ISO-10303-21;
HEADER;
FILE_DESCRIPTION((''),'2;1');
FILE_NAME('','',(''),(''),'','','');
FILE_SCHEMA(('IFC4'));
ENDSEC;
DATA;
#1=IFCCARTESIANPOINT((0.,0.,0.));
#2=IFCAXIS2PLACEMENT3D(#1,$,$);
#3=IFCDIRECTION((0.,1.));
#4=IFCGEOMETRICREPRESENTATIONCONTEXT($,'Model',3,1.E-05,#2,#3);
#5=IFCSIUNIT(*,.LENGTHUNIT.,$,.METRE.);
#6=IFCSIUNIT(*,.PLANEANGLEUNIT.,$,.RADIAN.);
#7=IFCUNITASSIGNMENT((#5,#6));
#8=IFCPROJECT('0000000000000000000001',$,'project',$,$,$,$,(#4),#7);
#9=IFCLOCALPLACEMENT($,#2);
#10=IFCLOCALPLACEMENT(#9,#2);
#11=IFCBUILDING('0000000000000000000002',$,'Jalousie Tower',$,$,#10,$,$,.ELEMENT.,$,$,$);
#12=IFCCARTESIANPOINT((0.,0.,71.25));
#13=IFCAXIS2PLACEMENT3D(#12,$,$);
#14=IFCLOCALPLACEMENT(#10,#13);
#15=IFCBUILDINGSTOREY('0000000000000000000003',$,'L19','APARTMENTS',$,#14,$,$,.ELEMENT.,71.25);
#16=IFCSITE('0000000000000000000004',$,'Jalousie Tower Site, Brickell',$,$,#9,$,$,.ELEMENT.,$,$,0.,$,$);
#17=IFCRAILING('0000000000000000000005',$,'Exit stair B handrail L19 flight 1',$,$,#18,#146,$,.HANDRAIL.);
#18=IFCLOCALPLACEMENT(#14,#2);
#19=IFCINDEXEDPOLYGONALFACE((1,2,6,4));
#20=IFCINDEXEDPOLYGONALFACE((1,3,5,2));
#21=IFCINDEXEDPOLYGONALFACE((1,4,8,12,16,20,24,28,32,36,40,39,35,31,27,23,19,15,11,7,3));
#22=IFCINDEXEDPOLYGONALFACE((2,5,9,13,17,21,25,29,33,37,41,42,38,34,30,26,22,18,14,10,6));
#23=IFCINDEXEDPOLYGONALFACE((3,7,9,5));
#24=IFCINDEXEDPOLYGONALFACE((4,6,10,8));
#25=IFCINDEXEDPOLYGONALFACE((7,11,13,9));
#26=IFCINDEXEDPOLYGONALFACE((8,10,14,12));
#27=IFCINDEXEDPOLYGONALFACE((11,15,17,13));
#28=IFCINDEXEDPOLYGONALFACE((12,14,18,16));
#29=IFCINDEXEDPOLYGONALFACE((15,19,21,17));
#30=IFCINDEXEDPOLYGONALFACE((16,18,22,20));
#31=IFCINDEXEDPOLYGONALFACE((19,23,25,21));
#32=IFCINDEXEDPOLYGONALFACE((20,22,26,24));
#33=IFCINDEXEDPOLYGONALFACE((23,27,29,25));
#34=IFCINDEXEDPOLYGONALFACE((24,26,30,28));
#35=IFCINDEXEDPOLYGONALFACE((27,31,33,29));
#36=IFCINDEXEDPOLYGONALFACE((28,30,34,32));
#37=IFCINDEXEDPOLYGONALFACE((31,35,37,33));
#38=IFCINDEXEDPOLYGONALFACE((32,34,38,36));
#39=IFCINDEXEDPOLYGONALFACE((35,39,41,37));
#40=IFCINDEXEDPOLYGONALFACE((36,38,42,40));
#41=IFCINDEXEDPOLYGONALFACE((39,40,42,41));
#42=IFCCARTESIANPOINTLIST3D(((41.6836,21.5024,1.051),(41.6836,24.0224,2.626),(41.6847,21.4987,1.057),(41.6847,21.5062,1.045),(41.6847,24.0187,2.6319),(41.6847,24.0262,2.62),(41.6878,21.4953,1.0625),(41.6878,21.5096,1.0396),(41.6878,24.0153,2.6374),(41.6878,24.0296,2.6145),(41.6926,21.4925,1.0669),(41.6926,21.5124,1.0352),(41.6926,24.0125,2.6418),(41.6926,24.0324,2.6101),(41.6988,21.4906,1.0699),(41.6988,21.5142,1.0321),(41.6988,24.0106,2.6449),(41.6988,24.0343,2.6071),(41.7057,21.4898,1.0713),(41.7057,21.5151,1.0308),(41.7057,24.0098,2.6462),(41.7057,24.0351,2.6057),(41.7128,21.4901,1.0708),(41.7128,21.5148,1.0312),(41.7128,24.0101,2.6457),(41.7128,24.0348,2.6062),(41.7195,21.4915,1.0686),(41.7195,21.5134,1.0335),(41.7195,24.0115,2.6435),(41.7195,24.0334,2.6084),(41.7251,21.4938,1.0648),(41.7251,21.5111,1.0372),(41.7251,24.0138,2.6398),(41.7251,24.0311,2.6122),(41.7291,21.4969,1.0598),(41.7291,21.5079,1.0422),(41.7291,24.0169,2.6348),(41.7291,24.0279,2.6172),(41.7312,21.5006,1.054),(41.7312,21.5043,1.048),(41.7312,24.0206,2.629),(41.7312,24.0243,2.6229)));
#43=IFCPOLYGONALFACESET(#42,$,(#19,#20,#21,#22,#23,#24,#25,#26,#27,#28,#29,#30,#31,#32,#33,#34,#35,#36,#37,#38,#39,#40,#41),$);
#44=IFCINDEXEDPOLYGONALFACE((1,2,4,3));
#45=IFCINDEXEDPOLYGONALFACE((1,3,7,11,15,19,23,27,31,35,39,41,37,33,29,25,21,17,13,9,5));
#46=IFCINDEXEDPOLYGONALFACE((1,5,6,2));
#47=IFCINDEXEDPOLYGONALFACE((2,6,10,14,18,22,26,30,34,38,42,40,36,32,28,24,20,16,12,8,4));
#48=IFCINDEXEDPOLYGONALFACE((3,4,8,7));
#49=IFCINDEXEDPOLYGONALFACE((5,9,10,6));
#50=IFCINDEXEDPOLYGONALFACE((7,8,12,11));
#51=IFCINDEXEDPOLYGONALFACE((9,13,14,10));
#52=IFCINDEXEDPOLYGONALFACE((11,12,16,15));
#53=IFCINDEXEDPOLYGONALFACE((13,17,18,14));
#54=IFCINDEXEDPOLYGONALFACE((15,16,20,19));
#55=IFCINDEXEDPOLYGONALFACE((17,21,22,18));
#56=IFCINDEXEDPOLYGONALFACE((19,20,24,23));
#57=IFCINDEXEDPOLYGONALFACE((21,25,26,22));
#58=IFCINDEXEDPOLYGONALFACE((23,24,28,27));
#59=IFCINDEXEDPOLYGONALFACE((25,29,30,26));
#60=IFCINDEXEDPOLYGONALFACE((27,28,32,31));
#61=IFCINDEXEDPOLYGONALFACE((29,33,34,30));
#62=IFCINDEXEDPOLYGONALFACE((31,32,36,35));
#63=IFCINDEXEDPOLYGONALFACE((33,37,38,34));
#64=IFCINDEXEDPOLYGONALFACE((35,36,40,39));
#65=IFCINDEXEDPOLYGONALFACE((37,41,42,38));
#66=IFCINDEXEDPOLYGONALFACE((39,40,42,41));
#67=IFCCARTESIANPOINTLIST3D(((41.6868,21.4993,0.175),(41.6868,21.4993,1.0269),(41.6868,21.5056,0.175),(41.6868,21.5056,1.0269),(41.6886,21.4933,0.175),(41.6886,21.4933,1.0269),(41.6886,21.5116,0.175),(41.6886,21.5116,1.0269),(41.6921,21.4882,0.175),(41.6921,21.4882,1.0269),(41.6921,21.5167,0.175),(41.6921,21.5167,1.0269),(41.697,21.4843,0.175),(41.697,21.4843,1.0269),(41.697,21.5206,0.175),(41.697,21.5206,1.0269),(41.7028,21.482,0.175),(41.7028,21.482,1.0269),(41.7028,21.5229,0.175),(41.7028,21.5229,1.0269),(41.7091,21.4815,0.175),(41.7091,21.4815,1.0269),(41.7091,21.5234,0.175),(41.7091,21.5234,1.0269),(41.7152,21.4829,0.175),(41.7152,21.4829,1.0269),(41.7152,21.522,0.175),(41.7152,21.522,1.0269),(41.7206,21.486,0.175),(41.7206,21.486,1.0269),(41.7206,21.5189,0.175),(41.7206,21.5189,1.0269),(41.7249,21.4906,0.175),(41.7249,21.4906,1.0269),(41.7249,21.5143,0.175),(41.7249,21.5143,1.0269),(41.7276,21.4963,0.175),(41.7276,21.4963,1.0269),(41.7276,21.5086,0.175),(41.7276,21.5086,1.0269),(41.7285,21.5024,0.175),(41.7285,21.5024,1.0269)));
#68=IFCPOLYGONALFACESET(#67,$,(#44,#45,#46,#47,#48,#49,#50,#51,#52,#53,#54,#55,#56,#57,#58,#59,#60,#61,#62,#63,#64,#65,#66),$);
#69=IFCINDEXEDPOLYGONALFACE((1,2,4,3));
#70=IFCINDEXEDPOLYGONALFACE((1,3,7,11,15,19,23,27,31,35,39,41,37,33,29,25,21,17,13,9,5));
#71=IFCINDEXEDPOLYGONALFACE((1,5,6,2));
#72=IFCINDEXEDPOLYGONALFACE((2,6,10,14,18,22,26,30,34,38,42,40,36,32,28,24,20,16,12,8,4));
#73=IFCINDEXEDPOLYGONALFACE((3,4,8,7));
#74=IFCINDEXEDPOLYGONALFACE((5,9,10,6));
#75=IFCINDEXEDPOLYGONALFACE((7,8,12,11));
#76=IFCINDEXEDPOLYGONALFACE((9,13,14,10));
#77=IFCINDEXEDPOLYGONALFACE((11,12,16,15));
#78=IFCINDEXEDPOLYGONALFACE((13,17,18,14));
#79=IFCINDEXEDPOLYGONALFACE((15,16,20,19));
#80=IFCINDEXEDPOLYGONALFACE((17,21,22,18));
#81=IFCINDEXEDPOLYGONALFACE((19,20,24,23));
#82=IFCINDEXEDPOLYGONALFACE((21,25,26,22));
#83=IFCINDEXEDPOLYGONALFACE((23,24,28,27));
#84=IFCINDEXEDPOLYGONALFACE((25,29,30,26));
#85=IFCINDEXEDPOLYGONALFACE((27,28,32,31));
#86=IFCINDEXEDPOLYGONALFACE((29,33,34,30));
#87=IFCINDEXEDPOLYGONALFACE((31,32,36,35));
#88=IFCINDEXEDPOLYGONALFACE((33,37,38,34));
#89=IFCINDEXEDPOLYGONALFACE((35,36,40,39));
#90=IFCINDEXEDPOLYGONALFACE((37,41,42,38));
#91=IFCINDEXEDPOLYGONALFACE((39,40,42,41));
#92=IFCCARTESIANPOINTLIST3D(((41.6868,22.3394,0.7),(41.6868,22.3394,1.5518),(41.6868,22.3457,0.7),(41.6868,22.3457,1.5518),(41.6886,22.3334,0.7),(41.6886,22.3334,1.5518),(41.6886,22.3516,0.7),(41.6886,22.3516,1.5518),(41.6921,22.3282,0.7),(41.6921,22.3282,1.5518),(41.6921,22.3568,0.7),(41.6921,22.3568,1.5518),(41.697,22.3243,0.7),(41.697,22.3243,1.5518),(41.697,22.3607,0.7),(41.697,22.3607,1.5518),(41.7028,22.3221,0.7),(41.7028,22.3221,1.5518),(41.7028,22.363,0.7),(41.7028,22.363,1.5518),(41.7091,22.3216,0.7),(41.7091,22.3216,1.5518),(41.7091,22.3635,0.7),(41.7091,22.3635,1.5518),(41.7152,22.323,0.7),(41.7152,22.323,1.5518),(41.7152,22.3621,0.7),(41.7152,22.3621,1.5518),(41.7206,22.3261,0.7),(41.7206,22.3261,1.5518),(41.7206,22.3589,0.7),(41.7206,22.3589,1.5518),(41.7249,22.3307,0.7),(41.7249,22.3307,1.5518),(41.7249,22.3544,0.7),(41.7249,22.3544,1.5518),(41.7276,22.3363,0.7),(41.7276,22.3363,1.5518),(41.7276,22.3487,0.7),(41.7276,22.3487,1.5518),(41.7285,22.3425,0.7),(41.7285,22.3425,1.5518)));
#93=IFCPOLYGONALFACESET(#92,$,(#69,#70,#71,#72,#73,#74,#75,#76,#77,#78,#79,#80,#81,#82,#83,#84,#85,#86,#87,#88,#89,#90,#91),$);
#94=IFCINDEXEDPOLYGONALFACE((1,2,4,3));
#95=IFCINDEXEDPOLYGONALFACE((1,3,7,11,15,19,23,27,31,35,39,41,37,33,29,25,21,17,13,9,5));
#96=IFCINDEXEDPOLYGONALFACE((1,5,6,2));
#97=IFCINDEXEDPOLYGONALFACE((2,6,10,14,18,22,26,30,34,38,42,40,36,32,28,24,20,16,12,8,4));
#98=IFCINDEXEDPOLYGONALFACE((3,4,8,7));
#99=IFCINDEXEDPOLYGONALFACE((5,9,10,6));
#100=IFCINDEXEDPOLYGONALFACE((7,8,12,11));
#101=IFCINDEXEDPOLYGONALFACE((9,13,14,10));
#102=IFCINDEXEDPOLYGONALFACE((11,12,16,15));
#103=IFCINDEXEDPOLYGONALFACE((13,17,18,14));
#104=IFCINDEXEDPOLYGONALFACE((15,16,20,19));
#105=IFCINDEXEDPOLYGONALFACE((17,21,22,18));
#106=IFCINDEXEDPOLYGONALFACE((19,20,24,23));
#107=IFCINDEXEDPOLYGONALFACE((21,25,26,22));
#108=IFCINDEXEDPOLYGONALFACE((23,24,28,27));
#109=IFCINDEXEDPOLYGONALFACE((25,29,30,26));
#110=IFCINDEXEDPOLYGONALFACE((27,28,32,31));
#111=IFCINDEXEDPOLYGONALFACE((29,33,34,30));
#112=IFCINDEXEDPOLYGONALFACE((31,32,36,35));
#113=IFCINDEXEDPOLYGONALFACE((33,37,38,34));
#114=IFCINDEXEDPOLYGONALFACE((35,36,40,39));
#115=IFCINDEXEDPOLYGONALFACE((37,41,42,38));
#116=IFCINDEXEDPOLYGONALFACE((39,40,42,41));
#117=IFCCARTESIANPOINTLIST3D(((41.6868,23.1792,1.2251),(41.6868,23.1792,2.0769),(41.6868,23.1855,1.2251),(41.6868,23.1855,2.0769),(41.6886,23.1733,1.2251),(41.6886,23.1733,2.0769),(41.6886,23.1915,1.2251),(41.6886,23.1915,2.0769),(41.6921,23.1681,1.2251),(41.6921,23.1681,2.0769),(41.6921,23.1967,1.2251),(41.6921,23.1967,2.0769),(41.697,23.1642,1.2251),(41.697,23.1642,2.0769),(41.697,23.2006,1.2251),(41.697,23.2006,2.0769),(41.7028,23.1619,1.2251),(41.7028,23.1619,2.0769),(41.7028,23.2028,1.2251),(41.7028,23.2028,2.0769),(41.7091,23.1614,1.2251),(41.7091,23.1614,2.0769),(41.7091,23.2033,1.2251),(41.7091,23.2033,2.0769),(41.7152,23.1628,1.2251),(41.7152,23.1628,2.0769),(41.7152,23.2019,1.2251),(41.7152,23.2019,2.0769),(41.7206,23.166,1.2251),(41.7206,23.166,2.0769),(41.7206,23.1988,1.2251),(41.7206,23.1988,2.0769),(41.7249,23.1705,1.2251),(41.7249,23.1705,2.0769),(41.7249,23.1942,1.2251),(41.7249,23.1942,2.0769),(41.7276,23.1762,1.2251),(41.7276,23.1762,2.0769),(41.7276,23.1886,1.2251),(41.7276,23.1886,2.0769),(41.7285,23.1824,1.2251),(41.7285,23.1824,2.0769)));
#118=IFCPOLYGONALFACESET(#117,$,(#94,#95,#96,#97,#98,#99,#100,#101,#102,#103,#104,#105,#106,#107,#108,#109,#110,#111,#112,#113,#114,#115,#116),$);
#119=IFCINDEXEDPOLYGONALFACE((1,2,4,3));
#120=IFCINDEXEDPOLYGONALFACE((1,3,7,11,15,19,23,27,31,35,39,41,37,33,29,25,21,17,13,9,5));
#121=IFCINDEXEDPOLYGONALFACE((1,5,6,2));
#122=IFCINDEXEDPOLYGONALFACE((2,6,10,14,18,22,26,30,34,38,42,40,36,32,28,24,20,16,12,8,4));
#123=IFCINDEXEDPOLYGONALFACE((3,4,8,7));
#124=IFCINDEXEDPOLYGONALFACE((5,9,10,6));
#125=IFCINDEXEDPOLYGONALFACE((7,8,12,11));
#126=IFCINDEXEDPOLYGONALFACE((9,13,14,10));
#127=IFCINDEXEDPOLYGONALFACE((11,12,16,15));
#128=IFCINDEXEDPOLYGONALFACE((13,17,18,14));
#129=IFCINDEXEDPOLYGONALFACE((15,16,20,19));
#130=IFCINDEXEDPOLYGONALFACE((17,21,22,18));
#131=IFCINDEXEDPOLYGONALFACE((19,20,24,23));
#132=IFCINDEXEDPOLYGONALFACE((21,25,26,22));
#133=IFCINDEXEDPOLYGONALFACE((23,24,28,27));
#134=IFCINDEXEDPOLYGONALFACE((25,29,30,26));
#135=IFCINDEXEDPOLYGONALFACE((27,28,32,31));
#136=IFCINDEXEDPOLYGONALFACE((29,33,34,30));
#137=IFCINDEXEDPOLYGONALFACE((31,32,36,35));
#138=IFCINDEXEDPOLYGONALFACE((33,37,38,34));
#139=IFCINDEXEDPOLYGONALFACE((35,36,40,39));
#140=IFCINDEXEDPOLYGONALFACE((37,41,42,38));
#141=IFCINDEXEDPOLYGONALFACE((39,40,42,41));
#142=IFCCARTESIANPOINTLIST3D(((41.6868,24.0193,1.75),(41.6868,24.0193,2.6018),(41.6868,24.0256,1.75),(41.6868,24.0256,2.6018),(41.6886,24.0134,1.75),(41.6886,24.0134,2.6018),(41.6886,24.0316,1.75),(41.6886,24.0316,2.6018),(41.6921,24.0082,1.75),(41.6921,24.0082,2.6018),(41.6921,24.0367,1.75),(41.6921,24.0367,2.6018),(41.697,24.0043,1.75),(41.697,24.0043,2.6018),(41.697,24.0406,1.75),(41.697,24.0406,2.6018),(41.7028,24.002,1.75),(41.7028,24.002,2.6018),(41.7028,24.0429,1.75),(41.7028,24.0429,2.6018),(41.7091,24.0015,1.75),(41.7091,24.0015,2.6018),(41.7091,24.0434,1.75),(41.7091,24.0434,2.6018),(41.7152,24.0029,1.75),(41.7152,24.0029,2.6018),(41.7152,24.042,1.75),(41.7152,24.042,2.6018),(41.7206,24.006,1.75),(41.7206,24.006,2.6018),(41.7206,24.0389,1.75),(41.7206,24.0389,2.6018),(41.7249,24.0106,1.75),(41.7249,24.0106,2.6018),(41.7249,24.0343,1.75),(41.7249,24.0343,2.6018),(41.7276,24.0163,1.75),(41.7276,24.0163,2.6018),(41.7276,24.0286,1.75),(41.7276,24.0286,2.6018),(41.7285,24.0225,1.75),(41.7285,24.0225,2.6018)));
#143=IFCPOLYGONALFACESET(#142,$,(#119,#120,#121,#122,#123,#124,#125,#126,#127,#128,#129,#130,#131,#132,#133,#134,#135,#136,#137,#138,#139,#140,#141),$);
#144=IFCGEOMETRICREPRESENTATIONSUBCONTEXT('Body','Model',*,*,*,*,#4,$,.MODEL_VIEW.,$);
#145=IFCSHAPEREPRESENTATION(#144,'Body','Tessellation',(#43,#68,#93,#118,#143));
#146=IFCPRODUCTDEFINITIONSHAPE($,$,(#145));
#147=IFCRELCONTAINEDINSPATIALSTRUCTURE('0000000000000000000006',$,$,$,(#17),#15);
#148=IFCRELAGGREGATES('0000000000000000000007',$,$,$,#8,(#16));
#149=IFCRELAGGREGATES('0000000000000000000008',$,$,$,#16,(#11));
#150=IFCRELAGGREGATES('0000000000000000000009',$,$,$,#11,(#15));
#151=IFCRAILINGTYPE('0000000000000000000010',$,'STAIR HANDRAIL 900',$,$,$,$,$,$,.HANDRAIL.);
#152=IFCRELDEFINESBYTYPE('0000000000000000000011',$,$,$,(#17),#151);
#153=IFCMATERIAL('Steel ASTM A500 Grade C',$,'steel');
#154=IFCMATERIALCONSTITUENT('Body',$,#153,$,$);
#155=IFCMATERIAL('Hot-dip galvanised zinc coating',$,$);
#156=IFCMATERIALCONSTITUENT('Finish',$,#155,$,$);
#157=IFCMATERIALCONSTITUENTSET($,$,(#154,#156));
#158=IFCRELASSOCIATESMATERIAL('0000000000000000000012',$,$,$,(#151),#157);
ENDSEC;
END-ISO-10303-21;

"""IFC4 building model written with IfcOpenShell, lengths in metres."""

from ifc_helpers import new_model, si_unit, direction, frame, origin, origin_2d, place, context, subcontext, project, spatial, circle, extrude, material, constituent, constituent_set, type_object, element, save


model = new_model("IFC4")

# Units and contexts
model_context = context("Model", 3, precision=1e-05, world=origin(), true_north=direction((0.0, 1.0)))
body_context = subcontext(model_context, "Body", "Model", "MODEL_VIEW")
ifc_project = project(units=[si_unit("LENGTHUNIT", "METRE"), si_unit("PLANEANGLEUNIT", "RADIAN")], contexts=[model_context])

# Site, building, storey
site_placement = place(None, origin())
site = spatial("IfcSite", under=ifc_project, at=site_placement, Name="Jalousie Tower Site, Brickell", CompositionType="ELEMENT", RefElevation=0.0)
building_placement = place(site_placement, origin())
building = spatial("IfcBuilding", under=site, at=building_placement, Name="Jalousie Tower", CompositionType="ELEMENT")
storey_placement = place(building_placement, frame((0.0, 0.0, 71.25)))
storey = spatial("IfcBuildingStorey", under=building, at=storey_placement, Name="L19", Description="APARTMENTS", CompositionType="ELEMENT", Elevation=71.25)

# Railing
ifc_material_1 = material(Name="Steel ASTM A500 Grade C", Category="steel")
ifc_constituent_1 = constituent(ifc_material_1, Name="Body")
ifc_material_2 = material(Name="Hot-dip galvanised zinc coating")
ifc_constituent_2 = constituent(ifc_material_2, Name="Finish")
ifc_constituent_set_1 = constituent_set(constituents=[ifc_constituent_1, ifc_constituent_2])
railing_type_1 = type_object("IfcRailingType", Name="STAIR HANDRAIL 900", PredefinedType="HANDRAIL", material=ifc_constituent_set_1)
railing_1_placement = place(storey_placement, frame((41.7075, 21.5024, 0.175)))
element("IfcRailing", 1, at=railing_1_placement, inside=storey, type_object=railing_type_1, Name="Exit stair B handrail L19 flight 1", PredefinedType="HANDRAIL", context=body_context, shape_type="SweptSolid", body=[
    extrude(circle(Radius=0.0239, at=origin_2d()), frame((0.0, 0.0, 0.876), z_axis=(0.0, 0.848008, 0.529984), x_axis=(-1.0, 0.0, 0.0)), (0.0, 0.0, 1.0), 2.9717),
    extrude(circle(Radius=0.021, at=origin_2d()), origin(), (0.0, 0.0, 1.0), 0.8518),
    extrude(circle(Radius=0.021, at=origin_2d()), frame((0.0, 0.8401, 0.5249)), (0.0, 0.0, 1.0), 0.8518),
    extrude(circle(Radius=0.021, at=origin_2d()), frame((0.0, 1.6799, 1.05)), (0.0, 0.0, 1.0), 0.8518),
    extrude(circle(Radius=0.021, at=origin_2d()), frame((0.0, 2.52, 1.575)), (0.0, 0.0, 1.0), 0.8518),
])

save(model, "model.ifc")
